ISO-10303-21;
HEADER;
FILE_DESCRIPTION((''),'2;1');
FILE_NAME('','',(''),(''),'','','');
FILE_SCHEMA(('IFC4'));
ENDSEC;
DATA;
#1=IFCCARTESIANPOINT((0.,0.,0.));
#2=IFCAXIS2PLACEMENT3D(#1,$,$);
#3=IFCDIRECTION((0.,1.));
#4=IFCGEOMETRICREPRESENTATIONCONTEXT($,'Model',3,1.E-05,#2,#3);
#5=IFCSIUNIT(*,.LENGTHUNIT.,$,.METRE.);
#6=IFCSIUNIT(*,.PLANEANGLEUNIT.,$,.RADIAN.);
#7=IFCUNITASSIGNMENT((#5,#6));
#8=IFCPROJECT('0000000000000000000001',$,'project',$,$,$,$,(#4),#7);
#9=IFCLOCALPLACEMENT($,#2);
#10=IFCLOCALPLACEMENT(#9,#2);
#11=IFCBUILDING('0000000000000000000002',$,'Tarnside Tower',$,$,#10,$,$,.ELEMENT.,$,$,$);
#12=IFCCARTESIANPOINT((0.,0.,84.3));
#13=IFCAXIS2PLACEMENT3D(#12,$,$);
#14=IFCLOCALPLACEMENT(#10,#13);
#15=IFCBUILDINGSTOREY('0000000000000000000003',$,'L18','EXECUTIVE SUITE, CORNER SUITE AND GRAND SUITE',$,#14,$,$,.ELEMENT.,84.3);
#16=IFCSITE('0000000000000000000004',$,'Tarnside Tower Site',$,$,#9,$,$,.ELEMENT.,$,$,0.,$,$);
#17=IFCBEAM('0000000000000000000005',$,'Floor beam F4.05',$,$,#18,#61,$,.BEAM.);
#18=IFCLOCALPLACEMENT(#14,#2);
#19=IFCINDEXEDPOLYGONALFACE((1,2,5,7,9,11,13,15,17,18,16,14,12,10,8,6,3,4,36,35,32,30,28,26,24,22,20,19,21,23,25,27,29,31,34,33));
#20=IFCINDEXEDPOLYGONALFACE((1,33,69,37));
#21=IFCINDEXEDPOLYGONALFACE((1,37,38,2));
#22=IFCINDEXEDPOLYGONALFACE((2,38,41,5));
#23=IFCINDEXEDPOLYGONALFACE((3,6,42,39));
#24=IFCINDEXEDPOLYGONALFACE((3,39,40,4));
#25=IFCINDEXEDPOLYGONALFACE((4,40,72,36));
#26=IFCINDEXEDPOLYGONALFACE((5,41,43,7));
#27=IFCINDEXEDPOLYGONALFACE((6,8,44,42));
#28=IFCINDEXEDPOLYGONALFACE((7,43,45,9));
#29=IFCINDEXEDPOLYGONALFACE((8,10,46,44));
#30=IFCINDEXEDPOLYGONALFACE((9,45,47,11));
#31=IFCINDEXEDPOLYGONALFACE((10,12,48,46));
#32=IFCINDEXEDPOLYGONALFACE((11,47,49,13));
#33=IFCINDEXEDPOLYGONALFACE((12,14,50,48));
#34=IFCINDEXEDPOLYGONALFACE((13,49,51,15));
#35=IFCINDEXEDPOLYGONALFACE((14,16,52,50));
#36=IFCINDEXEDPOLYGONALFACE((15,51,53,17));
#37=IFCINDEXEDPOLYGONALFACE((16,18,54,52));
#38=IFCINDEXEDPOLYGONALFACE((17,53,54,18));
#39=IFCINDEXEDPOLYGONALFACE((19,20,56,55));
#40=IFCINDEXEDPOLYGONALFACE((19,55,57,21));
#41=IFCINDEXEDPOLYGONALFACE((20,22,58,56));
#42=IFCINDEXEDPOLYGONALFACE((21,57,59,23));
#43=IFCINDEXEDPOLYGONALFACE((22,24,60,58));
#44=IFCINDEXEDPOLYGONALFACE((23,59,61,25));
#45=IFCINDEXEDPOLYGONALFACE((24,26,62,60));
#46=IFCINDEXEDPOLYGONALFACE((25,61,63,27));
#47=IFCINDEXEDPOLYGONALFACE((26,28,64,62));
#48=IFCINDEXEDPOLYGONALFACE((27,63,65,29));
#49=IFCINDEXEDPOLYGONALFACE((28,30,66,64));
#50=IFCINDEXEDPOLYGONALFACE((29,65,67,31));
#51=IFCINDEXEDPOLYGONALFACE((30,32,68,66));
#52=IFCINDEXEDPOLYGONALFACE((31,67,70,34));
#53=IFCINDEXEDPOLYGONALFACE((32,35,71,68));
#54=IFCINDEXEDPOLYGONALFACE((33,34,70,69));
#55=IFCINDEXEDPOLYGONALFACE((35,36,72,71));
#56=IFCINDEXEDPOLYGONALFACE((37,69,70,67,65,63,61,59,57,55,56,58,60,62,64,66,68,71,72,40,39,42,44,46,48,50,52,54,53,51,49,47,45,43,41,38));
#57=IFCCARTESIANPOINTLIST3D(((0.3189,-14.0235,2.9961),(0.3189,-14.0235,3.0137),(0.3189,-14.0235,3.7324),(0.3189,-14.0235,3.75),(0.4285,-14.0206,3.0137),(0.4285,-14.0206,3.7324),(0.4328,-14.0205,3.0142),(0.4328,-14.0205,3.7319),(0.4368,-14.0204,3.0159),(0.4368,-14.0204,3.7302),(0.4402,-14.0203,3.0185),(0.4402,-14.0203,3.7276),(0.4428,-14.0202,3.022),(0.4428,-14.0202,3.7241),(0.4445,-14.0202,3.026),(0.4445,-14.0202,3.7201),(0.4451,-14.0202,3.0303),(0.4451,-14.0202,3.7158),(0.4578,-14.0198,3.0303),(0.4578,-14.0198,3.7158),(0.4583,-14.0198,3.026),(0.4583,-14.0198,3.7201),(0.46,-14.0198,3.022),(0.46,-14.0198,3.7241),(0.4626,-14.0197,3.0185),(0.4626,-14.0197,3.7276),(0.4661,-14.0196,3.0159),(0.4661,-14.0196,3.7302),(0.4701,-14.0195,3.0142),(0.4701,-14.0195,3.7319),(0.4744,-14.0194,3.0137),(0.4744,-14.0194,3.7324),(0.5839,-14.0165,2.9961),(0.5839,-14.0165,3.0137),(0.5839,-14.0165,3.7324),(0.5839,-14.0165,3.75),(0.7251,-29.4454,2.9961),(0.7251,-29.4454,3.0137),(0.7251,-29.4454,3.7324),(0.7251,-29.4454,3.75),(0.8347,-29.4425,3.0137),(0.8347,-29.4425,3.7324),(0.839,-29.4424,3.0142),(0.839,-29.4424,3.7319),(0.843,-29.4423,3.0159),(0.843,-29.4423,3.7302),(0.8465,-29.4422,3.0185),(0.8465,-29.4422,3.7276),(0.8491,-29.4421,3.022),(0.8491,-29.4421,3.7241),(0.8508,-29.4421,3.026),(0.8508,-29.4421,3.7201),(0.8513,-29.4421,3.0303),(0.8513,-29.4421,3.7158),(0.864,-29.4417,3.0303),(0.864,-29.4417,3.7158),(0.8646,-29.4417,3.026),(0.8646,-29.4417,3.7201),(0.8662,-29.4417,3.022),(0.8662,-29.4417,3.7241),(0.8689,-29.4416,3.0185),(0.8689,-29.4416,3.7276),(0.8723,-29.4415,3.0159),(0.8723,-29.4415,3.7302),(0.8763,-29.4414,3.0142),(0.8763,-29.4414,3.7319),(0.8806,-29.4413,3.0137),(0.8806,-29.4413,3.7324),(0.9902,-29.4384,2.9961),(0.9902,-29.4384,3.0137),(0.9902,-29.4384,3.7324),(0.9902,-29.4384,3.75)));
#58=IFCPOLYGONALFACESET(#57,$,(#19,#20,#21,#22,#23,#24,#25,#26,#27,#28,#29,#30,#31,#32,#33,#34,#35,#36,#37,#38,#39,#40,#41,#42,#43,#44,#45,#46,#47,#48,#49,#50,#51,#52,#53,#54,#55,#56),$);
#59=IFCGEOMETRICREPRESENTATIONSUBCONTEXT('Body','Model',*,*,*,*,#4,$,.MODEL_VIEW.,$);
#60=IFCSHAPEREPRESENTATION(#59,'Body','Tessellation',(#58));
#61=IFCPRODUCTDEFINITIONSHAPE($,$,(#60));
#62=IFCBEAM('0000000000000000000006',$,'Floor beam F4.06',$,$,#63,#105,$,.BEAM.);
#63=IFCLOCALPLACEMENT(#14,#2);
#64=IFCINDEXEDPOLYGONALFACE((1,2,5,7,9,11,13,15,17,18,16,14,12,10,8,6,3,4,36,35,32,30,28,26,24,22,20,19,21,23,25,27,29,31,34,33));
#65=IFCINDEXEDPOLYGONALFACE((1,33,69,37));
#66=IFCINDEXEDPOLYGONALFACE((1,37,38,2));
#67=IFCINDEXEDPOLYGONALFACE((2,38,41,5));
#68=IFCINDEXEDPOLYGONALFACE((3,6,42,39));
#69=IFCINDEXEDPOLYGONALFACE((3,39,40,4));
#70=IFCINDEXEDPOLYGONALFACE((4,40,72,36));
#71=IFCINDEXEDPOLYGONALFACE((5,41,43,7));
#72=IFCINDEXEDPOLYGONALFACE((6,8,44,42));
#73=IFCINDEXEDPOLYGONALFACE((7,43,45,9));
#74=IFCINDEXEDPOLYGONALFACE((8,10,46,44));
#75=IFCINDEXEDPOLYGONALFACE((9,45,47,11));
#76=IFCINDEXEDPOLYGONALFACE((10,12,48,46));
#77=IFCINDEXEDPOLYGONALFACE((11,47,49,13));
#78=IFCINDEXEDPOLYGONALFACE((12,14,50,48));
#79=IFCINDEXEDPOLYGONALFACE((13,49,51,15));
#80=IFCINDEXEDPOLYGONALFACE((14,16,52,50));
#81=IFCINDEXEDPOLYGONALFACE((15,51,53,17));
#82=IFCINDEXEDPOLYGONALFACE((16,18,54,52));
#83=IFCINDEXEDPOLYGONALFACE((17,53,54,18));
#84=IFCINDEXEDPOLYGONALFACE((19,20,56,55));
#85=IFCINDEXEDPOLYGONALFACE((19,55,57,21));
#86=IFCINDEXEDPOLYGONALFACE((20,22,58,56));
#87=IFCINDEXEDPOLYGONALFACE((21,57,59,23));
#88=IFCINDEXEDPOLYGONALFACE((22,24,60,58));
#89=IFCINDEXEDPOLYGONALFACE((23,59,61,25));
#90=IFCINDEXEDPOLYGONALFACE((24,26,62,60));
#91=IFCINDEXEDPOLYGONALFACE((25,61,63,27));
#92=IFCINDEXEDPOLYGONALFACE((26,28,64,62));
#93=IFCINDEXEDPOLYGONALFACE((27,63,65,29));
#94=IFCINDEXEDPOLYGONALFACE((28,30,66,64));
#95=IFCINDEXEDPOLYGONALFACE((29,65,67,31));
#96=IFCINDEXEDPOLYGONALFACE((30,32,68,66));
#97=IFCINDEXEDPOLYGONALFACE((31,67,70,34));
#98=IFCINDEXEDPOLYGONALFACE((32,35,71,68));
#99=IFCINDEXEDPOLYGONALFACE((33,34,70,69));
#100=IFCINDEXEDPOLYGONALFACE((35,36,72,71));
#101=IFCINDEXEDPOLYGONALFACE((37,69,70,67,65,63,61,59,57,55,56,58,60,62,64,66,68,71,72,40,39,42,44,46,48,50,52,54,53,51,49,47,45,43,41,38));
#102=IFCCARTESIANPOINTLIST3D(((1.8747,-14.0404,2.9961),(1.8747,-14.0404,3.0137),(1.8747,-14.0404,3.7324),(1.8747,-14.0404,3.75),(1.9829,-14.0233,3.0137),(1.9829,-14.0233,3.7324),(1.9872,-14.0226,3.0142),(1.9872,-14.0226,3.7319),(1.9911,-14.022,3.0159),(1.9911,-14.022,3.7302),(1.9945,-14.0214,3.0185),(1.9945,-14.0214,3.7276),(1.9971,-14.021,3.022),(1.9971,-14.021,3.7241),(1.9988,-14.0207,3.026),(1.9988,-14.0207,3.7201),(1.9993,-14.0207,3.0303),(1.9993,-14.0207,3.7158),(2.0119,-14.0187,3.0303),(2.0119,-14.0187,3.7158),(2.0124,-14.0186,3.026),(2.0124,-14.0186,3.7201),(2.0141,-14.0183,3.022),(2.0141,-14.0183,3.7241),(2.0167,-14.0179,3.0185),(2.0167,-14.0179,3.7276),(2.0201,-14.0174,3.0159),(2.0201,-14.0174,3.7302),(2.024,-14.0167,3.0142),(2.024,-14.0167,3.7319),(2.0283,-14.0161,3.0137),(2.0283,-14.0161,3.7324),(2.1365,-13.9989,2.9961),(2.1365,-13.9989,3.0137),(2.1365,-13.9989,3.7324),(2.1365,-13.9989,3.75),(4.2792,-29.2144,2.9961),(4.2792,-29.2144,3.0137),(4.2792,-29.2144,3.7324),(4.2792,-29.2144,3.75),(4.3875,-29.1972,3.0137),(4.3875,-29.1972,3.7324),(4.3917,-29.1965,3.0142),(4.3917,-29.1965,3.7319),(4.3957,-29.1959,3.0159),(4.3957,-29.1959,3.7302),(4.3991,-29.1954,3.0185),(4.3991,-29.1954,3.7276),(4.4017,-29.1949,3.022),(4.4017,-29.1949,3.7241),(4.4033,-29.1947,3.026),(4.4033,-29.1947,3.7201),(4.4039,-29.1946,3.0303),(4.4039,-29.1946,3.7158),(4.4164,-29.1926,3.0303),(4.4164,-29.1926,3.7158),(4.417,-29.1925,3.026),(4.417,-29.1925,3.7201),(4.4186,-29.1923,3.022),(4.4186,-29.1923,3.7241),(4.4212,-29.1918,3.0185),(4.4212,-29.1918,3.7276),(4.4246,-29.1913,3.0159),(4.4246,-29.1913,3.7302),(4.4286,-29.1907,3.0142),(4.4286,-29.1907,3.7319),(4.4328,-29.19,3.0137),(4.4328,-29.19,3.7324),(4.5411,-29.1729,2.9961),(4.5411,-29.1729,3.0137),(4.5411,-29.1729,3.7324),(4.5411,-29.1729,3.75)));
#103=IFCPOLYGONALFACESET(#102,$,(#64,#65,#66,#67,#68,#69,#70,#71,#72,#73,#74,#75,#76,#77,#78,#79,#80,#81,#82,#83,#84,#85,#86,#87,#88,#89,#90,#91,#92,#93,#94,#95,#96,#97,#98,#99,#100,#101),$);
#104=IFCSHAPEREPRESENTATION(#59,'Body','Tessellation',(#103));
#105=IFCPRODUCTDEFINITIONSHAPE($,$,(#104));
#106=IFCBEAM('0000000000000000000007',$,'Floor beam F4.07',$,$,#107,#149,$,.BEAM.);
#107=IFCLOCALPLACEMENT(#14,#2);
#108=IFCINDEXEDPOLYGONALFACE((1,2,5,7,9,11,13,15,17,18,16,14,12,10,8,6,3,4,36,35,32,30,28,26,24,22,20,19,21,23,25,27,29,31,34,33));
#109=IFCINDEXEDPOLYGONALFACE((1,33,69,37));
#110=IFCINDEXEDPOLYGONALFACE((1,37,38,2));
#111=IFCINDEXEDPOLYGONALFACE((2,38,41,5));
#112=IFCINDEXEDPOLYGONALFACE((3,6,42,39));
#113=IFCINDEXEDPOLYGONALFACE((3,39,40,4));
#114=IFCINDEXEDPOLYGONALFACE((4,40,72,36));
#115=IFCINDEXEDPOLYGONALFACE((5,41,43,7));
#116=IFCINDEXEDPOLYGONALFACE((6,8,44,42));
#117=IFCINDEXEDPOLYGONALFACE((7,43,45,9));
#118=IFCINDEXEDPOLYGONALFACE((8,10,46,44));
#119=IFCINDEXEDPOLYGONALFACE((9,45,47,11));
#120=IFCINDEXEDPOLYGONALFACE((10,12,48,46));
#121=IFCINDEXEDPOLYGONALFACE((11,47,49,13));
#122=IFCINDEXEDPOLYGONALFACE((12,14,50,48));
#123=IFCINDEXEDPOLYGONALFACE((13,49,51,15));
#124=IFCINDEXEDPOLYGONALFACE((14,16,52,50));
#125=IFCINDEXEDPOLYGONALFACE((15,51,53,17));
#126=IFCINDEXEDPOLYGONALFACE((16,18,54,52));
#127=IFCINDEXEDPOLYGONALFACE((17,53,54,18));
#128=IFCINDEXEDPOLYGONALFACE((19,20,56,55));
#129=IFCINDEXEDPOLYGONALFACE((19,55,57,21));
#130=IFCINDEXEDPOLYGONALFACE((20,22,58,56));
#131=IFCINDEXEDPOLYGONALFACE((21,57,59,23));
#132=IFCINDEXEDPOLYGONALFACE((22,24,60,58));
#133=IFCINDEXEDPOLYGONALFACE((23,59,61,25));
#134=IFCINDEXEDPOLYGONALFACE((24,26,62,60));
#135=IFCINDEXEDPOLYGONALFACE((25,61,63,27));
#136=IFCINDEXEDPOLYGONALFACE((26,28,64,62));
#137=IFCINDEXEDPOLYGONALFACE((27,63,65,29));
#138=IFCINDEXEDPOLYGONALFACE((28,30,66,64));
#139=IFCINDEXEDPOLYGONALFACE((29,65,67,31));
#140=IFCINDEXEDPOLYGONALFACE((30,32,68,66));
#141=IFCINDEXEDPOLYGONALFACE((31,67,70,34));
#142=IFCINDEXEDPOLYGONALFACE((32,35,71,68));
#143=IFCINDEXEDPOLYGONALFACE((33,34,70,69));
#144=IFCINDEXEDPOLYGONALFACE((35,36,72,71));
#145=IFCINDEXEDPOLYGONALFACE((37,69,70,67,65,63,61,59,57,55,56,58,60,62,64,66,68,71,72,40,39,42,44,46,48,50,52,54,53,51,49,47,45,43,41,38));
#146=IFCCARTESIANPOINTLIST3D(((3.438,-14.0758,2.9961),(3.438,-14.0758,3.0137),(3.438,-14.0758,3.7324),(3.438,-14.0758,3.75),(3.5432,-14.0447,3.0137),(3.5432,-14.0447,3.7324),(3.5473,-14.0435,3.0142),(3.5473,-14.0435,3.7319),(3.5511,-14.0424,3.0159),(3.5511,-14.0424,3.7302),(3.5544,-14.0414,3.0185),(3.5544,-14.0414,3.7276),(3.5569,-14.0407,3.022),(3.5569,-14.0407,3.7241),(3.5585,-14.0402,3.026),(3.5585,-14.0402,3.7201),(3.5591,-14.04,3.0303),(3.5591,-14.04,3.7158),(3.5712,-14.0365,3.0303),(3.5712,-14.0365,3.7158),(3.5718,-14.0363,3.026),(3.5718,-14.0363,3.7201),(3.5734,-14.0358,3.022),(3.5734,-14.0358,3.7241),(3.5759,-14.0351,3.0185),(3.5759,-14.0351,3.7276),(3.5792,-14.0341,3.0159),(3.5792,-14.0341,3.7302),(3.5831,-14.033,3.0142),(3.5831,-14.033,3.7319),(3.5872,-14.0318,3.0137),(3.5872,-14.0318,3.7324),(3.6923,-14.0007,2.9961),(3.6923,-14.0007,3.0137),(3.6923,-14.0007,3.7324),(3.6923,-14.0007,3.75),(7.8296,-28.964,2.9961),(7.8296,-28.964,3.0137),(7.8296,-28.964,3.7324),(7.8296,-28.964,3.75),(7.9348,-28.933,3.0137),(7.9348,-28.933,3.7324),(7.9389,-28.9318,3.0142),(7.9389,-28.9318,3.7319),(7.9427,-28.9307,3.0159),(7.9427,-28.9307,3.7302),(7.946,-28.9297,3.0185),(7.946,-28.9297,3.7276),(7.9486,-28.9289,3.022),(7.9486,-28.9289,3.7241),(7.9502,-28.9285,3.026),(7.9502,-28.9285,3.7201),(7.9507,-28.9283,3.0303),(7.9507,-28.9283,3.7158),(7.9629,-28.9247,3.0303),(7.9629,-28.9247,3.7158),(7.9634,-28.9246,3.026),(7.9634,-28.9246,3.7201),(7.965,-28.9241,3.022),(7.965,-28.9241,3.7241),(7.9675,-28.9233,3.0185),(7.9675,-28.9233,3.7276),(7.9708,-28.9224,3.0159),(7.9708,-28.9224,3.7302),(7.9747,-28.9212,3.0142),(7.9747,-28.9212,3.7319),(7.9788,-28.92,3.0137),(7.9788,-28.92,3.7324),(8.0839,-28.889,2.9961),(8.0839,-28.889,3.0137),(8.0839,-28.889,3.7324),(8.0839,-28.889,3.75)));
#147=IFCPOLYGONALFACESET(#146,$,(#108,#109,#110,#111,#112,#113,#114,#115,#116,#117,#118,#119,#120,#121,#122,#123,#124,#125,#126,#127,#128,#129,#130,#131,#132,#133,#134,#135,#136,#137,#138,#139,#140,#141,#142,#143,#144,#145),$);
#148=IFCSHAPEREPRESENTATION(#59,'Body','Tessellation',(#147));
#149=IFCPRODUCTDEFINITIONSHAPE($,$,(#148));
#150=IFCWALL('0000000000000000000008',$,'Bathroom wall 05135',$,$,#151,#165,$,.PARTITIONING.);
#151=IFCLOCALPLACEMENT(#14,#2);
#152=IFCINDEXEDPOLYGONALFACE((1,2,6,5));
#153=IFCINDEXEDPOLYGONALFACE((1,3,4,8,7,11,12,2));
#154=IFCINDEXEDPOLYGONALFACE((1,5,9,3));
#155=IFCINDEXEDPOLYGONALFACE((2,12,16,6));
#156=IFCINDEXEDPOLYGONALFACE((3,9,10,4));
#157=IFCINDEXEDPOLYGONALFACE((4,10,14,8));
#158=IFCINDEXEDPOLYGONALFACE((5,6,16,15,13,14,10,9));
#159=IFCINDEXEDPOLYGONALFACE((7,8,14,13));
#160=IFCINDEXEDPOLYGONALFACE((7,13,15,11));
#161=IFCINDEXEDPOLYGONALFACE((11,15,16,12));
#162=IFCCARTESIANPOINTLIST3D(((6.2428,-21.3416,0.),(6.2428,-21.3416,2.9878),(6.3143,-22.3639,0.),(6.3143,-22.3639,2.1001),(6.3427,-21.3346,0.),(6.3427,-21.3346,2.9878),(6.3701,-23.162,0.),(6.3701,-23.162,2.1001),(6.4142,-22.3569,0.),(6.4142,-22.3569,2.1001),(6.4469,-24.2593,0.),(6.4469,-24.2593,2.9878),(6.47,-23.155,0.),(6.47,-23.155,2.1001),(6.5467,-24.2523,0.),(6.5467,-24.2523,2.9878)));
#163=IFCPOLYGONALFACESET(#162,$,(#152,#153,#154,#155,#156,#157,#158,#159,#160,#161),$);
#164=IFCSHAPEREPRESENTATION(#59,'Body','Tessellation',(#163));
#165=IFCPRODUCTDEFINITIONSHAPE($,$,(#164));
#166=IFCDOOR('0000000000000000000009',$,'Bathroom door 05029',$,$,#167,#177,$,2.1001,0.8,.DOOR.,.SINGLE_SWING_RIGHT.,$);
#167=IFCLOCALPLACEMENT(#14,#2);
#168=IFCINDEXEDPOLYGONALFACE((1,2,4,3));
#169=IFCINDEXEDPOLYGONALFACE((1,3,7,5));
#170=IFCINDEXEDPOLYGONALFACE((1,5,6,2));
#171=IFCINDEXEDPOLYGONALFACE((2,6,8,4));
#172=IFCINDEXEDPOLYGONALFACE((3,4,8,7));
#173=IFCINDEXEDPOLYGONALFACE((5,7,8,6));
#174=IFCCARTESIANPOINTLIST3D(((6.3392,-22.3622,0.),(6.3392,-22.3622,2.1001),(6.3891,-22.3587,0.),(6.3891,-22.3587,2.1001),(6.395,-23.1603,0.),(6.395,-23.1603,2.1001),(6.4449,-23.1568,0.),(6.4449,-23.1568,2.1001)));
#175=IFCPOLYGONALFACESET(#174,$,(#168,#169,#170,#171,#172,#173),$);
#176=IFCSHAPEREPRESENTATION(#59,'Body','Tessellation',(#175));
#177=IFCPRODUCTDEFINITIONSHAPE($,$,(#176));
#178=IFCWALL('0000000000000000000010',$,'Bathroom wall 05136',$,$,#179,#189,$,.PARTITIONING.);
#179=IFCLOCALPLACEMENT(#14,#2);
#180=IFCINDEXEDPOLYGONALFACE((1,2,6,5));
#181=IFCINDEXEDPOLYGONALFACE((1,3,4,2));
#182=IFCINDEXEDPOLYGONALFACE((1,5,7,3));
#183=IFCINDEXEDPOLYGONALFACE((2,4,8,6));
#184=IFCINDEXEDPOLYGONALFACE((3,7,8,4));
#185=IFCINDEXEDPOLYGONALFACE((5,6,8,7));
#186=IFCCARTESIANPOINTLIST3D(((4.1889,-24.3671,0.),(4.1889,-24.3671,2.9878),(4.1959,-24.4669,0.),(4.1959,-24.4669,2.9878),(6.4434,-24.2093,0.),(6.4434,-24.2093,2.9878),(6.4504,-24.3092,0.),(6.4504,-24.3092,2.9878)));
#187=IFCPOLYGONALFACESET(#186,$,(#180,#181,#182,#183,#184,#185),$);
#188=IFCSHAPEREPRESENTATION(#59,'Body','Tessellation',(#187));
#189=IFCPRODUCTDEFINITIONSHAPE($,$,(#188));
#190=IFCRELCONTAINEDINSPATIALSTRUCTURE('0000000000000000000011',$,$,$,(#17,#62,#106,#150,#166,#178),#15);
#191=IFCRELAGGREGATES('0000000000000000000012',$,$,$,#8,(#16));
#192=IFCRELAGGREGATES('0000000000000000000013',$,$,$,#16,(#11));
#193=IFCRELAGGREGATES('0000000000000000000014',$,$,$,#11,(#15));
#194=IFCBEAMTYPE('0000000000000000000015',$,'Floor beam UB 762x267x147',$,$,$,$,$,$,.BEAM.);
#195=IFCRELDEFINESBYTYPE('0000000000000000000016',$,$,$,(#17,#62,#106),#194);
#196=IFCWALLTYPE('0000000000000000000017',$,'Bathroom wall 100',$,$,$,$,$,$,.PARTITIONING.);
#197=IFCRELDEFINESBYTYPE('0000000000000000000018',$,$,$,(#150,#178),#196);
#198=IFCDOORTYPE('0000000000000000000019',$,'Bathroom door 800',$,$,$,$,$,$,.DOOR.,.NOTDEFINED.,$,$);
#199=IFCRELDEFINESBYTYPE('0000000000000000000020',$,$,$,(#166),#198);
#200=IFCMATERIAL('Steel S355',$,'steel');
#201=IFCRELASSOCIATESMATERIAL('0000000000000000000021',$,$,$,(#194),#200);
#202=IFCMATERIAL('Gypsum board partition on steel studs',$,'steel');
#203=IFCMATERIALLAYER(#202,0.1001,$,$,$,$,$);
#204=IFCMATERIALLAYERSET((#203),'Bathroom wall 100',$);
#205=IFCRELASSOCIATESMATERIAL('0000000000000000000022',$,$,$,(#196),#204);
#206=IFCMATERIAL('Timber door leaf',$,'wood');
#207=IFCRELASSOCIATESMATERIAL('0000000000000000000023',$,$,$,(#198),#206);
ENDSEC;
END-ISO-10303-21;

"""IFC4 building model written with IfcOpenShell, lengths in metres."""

from ifc_helpers import new_model, si_unit, direction, frame, frame_2d, origin, origin_2d, place, context, subcontext, project, spatial, rectangle, i_section, extrude, material, layer, layer_set, material_profile, profile_set, type_object, element, fill, save


model = new_model("IFC4")

# Units and contexts
model_context = context("Model", 3, precision=1e-05, world=origin(), true_north=direction((0.0, 1.0)))
body_context = subcontext(model_context, "Body", "Model", "MODEL_VIEW")
ifc_project = project(units=[si_unit("LENGTHUNIT", "METRE"), si_unit("PLANEANGLEUNIT", "RADIAN")], contexts=[model_context])

# Site, building, storey
site_placement = place(None, origin())
site = spatial("IfcSite", under=ifc_project, at=site_placement, Name="Tarnside Tower Site", CompositionType="ELEMENT", RefElevation=0.0)
building_placement = place(site_placement, origin())
building = spatial("IfcBuilding", under=site, at=building_placement, Name="Tarnside Tower", CompositionType="ELEMENT")
storey_placement = place(building_placement, frame((0.0, 0.0, 84.3)))
storey = spatial("IfcBuildingStorey", under=building, at=storey_placement, Name="L18", Description="EXECUTIVE SUITE, CORNER SUITE AND GRAND SUITE", CompositionType="ELEMENT", Elevation=84.3)

# Beams
ifc_material_1 = material(Name="Steel S355", Category="steel")
ifc_material_profile = material_profile(ifc_material_1, i_section(OverallWidth=0.2651, OverallDepth=0.7539, WebThickness=0.0127, FlangeThickness=0.0176, FilletRadius=0.0166, at=origin_2d()), Name="UB 762x267x147")
ifc_profile_set = profile_set([ifc_material_profile], Name="Steel S355")
beam_type = type_object("IfcBeamType", Name="Floor beam UB 762x267x147", PredefinedType="BEAM", material=ifc_profile_set)
beam_1_placement = place(storey_placement, frame((0.8577, -29.4419, 3.373), z_axis=(-0.026333, 0.999653, 0.0), x_axis=(-0.999653, -0.026333, 0.0)))
element("IfcBeam", 1, at=beam_1_placement, inside=storey, type_object=beam_type, Name="Floor beam F4.05", PredefinedType="BEAM", context=body_context, shape_type="SweptSolid", body=[
    extrude(i_section(OverallWidth=0.2651, OverallDepth=0.7539, WebThickness=0.0127, FlangeThickness=0.0176, FilletRadius=0.0166, at=origin_2d()), origin(), (0.0, 0.0, 1.0), 15.4272),
])
beam_2_placement = place(storey_placement, frame((4.4102, -29.1936, 3.373), z_axis=(-0.156513, 0.987676, 0.0), x_axis=(-0.987676, -0.156513, 0.0)))
element("IfcBeam", 2, at=beam_2_placement, inside=storey, type_object=beam_type, Name="Floor beam F4.06", PredefinedType="BEAM", context=body_context, shape_type="SweptSolid", body=[
    extrude(i_section(OverallWidth=0.2651, OverallDepth=0.7539, WebThickness=0.0127, FlangeThickness=0.0176, FilletRadius=0.0166, at=origin_2d()), origin(), (0.0, 0.0, 1.0), 15.3633),
])
beam_3_placement = place(storey_placement, frame((7.9568, -28.9265, 3.373), z_axis=(-0.282921, 0.959143, 0.0), x_axis=(-0.959143, -0.282921, 0.0)))
element("IfcBeam", 3, at=beam_3_placement, inside=storey, type_object=beam_type, Name="Floor beam F4.07", PredefinedType="BEAM", context=body_context, shape_type="SweptSolid", body=[
    extrude(i_section(OverallWidth=0.2651, OverallDepth=0.7539, WebThickness=0.0127, FlangeThickness=0.0176, FilletRadius=0.0166, at=origin_2d()), origin(), (0.0, 0.0, 1.0), 15.5225),
])

# Wall, opening, door
ifc_material_2 = material(Name="Gypsum board partition on steel studs", Category="steel")
ifc_layer_1 = layer(ifc_material_2, 0.1001)
ifc_layer_set_1 = layer_set([ifc_layer_1], Name="Bathroom wall 100")
wall_type_1 = type_object("IfcWallType", Name="Bathroom wall 100", PredefinedType="PARTITIONING", material=ifc_layer_set_1)
wall_1_placement = place(storey_placement, frame((6.2927, -21.3381, 0.0), z_axis=(0.0, 0.0, 1.0), x_axis=(0.069782, -0.997562, 0.0)))
wall_1 = element("IfcWall", 4, at=wall_1_placement, inside=storey, type_object=wall_type_1, Name="Bathroom wall 05135", PredefinedType="PARTITIONING", context=body_context, shape_type="SweptSolid", body=[
    extrude(rectangle(XDim=2.9248, YDim=0.1001, at=frame_2d((1.4624, 0.0))), origin(), (0.0, 0.0, 1.0), 2.9878),
])
opening_1_placement = place(wall_1_placement, frame((1.0249, 0.0, 0.0)))
opening_1 = element("IfcOpeningElement", 5, at=opening_1_placement, cuts=wall_1, PredefinedType="OPENING", context=body_context, shape_type="SweptSolid", body=[
    extrude(rectangle(XDim=0.8, YDim=2.1001, at=frame_2d((0.3999, 1.05))), frame((0.0, 0.0601, 0.0), z_axis=(0.0, -1.0, 0.0), x_axis=(1.0, 0.0, 0.0)), (0.0, 0.0, 1.0), 0.1201),
])
ifc_material_3 = material(Name="Timber door leaf", Category="wood")
door_type_1 = type_object("IfcDoorType", Name="Bathroom door 800", OperationType="NOTDEFINED", PredefinedType="DOOR", material=ifc_material_3)
door_1_placement = place(opening_1_placement, origin())
door_1 = element("IfcDoor", 6, at=door_1_placement, inside=storey, type_object=door_type_1, Name="Bathroom door 05029", OperationType="SINGLE_SWING_RIGHT", OverallHeight=2.1001, OverallWidth=0.8, PredefinedType="DOOR", context=body_context, shape_type="SweptSolid", body=[
    extrude(rectangle(XDim=0.8, YDim=2.1001, at=frame_2d((0.3999, 1.05))), frame((0.0, 0.0249, 0.0), z_axis=(0.0, -1.0, 0.0), x_axis=(1.0, 0.0, 0.0)), (0.0, 0.0, 1.0), 0.05),
])
fill(opening_1, door_1)

# Wall
wall_2_placement = place(storey_placement, frame((6.4468, -24.2593, 0.0), z_axis=(0.0, 0.0, 1.0), x_axis=(-0.997562, -0.069788, 0.0)))
element("IfcWall", 7, at=wall_2_placement, inside=storey, type_object=wall_type_1, Name="Bathroom wall 05136", PredefinedType="PARTITIONING", context=body_context, shape_type="SweptSolid", body=[
    extrude(rectangle(XDim=2.26, YDim=0.1001, at=frame_2d((1.1299, 0.0))), origin(), (0.0, 0.0, 1.0), 2.9878),
])

save(model, "model.ifc")
